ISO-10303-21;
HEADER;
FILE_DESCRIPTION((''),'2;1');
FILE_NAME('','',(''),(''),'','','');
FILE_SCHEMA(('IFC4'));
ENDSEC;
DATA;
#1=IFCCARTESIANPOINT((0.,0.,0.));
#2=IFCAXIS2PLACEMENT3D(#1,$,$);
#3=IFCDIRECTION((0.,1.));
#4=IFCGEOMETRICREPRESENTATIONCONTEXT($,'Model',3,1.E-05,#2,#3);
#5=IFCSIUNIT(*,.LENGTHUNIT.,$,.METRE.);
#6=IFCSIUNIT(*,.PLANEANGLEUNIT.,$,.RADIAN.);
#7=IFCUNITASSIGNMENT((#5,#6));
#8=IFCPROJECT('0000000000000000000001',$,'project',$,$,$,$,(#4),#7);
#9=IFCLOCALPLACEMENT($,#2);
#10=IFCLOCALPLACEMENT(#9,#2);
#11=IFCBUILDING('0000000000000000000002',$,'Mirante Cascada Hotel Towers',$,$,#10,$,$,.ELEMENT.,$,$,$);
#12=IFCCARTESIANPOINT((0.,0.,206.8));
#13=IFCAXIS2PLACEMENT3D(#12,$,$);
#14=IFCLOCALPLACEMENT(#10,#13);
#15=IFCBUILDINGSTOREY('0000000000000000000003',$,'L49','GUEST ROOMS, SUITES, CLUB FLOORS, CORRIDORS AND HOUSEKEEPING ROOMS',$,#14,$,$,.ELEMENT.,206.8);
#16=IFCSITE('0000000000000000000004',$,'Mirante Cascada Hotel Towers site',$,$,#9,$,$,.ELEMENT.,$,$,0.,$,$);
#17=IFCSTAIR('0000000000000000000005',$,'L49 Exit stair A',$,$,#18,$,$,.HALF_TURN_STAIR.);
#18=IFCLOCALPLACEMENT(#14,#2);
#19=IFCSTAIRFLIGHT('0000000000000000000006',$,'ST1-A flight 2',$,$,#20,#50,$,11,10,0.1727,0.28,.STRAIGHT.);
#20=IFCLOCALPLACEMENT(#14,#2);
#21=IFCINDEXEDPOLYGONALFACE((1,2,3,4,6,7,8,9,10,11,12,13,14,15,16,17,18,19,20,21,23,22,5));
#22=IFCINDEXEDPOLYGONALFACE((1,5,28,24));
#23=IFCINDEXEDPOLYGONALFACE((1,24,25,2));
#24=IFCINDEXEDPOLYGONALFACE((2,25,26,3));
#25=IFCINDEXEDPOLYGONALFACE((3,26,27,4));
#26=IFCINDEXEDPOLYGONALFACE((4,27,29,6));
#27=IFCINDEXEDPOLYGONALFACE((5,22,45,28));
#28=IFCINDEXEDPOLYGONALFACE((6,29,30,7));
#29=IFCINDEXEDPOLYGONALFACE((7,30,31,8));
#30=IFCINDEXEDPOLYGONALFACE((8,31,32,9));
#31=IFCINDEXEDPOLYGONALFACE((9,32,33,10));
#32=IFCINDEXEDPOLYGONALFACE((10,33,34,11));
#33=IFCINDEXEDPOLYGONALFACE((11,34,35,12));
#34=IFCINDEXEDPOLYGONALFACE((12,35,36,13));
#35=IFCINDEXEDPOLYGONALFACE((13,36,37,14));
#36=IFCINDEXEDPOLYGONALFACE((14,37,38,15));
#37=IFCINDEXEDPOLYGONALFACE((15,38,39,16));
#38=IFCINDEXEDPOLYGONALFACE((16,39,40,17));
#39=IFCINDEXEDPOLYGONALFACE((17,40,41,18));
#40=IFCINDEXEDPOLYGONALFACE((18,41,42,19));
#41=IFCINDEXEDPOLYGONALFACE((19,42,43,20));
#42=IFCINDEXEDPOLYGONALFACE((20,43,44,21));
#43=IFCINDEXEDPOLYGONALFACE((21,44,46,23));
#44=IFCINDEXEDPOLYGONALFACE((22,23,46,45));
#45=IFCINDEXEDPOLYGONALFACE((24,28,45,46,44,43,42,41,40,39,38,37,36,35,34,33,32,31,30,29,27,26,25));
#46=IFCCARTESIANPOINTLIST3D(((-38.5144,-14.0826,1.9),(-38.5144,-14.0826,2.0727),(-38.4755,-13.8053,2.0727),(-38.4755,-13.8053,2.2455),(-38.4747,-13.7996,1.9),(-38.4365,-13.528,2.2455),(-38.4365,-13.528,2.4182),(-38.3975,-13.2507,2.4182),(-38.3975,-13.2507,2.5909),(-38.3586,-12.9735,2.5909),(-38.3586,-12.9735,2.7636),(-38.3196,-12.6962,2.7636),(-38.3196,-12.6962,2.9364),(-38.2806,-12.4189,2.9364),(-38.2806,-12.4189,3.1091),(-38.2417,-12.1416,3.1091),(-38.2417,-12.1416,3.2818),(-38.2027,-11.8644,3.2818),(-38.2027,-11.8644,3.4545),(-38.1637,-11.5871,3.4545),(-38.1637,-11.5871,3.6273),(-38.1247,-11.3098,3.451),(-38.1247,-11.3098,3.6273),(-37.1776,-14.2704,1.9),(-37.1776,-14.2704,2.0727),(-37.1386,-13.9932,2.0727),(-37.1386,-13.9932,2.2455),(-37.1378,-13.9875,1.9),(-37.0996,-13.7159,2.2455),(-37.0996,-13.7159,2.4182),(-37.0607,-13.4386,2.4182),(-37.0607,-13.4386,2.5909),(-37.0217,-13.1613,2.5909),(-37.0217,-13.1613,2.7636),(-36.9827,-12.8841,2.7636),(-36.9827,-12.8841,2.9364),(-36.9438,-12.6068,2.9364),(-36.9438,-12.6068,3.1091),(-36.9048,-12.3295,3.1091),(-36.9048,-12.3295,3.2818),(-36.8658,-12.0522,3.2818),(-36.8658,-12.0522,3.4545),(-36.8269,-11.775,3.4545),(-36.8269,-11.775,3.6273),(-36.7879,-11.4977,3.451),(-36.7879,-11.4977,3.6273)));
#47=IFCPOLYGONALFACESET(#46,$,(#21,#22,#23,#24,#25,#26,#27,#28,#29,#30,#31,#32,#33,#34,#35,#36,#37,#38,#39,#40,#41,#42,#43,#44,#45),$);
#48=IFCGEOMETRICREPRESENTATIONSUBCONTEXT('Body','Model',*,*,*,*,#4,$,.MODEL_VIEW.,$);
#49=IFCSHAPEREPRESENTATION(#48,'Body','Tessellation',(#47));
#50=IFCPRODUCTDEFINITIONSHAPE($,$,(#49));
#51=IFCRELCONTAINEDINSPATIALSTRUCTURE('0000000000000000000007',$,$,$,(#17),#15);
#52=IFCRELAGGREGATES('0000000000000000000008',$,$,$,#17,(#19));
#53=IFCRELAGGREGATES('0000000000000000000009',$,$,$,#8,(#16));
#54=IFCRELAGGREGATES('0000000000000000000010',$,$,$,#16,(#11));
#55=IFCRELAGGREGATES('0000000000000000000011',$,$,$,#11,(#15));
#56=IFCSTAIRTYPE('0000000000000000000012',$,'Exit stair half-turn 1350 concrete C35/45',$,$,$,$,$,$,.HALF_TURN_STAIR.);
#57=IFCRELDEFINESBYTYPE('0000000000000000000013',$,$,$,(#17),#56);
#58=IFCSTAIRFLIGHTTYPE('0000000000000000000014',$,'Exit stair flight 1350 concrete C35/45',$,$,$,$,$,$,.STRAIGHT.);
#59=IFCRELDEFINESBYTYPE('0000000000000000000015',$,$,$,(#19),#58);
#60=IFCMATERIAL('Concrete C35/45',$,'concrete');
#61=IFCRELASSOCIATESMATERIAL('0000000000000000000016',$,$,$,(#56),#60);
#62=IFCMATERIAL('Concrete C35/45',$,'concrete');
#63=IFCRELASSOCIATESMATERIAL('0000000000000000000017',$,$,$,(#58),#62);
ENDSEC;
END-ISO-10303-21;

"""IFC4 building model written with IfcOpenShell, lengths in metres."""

from ifc_helpers import new_model, si_unit, direction, frame, origin, place, context, subcontext, project, spatial, polyline, outline, extrude, material, type_object, element, aggregate, save


model = new_model("IFC4")

# Units and contexts
model_context = context("Model", 3, precision=1e-05, world=origin(), true_north=direction((0.0, 1.0)))
body_context = subcontext(model_context, "Body", "Model", "MODEL_VIEW")
ifc_project = project(units=[si_unit("LENGTHUNIT", "METRE"), si_unit("PLANEANGLEUNIT", "RADIAN")], contexts=[model_context])

# Site, building, storey
site_placement = place(None, origin())
site = spatial("IfcSite", under=ifc_project, at=site_placement, Name="Mirante Cascada Hotel Towers site", CompositionType="ELEMENT", RefElevation=0.0)
building_placement = place(site_placement, origin())
building = spatial("IfcBuilding", under=site, at=building_placement, Name="Mirante Cascada Hotel Towers", CompositionType="ELEMENT")
storey_placement = place(building_placement, frame((0.0, 0.0, 206.8)))
storey = spatial("IfcBuildingStorey", under=building, at=storey_placement, Name="L49", Description="GUEST ROOMS, SUITES, CLUB FLOORS, CORRIDORS AND HOUSEKEEPING ROOMS", CompositionType="ELEMENT", Elevation=206.8)

# Stair, stair flight
ifc_material_1 = material(Name="Concrete C35/45", Category="concrete")
stair_type = type_object("IfcStairType", Name="Exit stair half-turn 1350 concrete C35/45", PredefinedType="HALF_TURN_STAIR", material=ifc_material_1)
stair_placement = place(storey_placement, origin())
stair = element("IfcStair", 1, at=stair_placement, inside=storey, type_object=stair_type, Name="L49 Exit stair A", PredefinedType="HALF_TURN_STAIR")
ifc_material_2 = material(Name="Concrete C35/45", Category="concrete")
stair_flight_type = type_object("IfcStairFlightType", Name="Exit stair flight 1350 concrete C35/45", PredefinedType="STRAIGHT", material=ifc_material_2)
stair_flight_placement = place(storey_placement, frame((-37.846, -14.1765, 1.9), z_axis=(0.0, 0.0, 1.0), x_axis=(0.139173, 0.990268, 0.0)))
stair_flight = element("IfcStairFlight", 2, at=stair_flight_placement, type_object=stair_flight_type, Name="ST1-A flight 2", NumberOfRisers=11, NumberOfTreads=10, PredefinedType="STRAIGHT", RiserHeight=0.1727, TreadLength=0.28, context=body_context, shape_type="SweptSolid", body=[
    extrude(outline(polyline([(0.0, 0.0), (0.0, 0.1727), (0.28, 0.1727), (0.28, 0.3455), (0.56, 0.3455), (0.56, 0.5182), (0.84, 0.5182), (0.84, 0.6909), (1.12, 0.6909), (1.12, 0.8636), (1.4, 0.8636), (1.4, 1.0364), (1.68, 1.0364), (1.68, 1.2091), (1.96, 1.2091), (1.96, 1.3818), (2.24, 1.3818), (2.24, 1.5545), (2.52, 1.5545), (2.52, 1.7273), (2.8, 1.7273), (2.8, 1.9), (2.8, 1.551), (0.2857, 0.0), (0.0, 0.0)])), frame((0.0, 0.675, 0.0), z_axis=(0.0, -1.0, 0.0), x_axis=(1.0, 0.0, 0.0)), (0.0, 0.0, 1.0), 1.35),
])
aggregate(stair, [stair_flight])

save(model, "model.ifc")
